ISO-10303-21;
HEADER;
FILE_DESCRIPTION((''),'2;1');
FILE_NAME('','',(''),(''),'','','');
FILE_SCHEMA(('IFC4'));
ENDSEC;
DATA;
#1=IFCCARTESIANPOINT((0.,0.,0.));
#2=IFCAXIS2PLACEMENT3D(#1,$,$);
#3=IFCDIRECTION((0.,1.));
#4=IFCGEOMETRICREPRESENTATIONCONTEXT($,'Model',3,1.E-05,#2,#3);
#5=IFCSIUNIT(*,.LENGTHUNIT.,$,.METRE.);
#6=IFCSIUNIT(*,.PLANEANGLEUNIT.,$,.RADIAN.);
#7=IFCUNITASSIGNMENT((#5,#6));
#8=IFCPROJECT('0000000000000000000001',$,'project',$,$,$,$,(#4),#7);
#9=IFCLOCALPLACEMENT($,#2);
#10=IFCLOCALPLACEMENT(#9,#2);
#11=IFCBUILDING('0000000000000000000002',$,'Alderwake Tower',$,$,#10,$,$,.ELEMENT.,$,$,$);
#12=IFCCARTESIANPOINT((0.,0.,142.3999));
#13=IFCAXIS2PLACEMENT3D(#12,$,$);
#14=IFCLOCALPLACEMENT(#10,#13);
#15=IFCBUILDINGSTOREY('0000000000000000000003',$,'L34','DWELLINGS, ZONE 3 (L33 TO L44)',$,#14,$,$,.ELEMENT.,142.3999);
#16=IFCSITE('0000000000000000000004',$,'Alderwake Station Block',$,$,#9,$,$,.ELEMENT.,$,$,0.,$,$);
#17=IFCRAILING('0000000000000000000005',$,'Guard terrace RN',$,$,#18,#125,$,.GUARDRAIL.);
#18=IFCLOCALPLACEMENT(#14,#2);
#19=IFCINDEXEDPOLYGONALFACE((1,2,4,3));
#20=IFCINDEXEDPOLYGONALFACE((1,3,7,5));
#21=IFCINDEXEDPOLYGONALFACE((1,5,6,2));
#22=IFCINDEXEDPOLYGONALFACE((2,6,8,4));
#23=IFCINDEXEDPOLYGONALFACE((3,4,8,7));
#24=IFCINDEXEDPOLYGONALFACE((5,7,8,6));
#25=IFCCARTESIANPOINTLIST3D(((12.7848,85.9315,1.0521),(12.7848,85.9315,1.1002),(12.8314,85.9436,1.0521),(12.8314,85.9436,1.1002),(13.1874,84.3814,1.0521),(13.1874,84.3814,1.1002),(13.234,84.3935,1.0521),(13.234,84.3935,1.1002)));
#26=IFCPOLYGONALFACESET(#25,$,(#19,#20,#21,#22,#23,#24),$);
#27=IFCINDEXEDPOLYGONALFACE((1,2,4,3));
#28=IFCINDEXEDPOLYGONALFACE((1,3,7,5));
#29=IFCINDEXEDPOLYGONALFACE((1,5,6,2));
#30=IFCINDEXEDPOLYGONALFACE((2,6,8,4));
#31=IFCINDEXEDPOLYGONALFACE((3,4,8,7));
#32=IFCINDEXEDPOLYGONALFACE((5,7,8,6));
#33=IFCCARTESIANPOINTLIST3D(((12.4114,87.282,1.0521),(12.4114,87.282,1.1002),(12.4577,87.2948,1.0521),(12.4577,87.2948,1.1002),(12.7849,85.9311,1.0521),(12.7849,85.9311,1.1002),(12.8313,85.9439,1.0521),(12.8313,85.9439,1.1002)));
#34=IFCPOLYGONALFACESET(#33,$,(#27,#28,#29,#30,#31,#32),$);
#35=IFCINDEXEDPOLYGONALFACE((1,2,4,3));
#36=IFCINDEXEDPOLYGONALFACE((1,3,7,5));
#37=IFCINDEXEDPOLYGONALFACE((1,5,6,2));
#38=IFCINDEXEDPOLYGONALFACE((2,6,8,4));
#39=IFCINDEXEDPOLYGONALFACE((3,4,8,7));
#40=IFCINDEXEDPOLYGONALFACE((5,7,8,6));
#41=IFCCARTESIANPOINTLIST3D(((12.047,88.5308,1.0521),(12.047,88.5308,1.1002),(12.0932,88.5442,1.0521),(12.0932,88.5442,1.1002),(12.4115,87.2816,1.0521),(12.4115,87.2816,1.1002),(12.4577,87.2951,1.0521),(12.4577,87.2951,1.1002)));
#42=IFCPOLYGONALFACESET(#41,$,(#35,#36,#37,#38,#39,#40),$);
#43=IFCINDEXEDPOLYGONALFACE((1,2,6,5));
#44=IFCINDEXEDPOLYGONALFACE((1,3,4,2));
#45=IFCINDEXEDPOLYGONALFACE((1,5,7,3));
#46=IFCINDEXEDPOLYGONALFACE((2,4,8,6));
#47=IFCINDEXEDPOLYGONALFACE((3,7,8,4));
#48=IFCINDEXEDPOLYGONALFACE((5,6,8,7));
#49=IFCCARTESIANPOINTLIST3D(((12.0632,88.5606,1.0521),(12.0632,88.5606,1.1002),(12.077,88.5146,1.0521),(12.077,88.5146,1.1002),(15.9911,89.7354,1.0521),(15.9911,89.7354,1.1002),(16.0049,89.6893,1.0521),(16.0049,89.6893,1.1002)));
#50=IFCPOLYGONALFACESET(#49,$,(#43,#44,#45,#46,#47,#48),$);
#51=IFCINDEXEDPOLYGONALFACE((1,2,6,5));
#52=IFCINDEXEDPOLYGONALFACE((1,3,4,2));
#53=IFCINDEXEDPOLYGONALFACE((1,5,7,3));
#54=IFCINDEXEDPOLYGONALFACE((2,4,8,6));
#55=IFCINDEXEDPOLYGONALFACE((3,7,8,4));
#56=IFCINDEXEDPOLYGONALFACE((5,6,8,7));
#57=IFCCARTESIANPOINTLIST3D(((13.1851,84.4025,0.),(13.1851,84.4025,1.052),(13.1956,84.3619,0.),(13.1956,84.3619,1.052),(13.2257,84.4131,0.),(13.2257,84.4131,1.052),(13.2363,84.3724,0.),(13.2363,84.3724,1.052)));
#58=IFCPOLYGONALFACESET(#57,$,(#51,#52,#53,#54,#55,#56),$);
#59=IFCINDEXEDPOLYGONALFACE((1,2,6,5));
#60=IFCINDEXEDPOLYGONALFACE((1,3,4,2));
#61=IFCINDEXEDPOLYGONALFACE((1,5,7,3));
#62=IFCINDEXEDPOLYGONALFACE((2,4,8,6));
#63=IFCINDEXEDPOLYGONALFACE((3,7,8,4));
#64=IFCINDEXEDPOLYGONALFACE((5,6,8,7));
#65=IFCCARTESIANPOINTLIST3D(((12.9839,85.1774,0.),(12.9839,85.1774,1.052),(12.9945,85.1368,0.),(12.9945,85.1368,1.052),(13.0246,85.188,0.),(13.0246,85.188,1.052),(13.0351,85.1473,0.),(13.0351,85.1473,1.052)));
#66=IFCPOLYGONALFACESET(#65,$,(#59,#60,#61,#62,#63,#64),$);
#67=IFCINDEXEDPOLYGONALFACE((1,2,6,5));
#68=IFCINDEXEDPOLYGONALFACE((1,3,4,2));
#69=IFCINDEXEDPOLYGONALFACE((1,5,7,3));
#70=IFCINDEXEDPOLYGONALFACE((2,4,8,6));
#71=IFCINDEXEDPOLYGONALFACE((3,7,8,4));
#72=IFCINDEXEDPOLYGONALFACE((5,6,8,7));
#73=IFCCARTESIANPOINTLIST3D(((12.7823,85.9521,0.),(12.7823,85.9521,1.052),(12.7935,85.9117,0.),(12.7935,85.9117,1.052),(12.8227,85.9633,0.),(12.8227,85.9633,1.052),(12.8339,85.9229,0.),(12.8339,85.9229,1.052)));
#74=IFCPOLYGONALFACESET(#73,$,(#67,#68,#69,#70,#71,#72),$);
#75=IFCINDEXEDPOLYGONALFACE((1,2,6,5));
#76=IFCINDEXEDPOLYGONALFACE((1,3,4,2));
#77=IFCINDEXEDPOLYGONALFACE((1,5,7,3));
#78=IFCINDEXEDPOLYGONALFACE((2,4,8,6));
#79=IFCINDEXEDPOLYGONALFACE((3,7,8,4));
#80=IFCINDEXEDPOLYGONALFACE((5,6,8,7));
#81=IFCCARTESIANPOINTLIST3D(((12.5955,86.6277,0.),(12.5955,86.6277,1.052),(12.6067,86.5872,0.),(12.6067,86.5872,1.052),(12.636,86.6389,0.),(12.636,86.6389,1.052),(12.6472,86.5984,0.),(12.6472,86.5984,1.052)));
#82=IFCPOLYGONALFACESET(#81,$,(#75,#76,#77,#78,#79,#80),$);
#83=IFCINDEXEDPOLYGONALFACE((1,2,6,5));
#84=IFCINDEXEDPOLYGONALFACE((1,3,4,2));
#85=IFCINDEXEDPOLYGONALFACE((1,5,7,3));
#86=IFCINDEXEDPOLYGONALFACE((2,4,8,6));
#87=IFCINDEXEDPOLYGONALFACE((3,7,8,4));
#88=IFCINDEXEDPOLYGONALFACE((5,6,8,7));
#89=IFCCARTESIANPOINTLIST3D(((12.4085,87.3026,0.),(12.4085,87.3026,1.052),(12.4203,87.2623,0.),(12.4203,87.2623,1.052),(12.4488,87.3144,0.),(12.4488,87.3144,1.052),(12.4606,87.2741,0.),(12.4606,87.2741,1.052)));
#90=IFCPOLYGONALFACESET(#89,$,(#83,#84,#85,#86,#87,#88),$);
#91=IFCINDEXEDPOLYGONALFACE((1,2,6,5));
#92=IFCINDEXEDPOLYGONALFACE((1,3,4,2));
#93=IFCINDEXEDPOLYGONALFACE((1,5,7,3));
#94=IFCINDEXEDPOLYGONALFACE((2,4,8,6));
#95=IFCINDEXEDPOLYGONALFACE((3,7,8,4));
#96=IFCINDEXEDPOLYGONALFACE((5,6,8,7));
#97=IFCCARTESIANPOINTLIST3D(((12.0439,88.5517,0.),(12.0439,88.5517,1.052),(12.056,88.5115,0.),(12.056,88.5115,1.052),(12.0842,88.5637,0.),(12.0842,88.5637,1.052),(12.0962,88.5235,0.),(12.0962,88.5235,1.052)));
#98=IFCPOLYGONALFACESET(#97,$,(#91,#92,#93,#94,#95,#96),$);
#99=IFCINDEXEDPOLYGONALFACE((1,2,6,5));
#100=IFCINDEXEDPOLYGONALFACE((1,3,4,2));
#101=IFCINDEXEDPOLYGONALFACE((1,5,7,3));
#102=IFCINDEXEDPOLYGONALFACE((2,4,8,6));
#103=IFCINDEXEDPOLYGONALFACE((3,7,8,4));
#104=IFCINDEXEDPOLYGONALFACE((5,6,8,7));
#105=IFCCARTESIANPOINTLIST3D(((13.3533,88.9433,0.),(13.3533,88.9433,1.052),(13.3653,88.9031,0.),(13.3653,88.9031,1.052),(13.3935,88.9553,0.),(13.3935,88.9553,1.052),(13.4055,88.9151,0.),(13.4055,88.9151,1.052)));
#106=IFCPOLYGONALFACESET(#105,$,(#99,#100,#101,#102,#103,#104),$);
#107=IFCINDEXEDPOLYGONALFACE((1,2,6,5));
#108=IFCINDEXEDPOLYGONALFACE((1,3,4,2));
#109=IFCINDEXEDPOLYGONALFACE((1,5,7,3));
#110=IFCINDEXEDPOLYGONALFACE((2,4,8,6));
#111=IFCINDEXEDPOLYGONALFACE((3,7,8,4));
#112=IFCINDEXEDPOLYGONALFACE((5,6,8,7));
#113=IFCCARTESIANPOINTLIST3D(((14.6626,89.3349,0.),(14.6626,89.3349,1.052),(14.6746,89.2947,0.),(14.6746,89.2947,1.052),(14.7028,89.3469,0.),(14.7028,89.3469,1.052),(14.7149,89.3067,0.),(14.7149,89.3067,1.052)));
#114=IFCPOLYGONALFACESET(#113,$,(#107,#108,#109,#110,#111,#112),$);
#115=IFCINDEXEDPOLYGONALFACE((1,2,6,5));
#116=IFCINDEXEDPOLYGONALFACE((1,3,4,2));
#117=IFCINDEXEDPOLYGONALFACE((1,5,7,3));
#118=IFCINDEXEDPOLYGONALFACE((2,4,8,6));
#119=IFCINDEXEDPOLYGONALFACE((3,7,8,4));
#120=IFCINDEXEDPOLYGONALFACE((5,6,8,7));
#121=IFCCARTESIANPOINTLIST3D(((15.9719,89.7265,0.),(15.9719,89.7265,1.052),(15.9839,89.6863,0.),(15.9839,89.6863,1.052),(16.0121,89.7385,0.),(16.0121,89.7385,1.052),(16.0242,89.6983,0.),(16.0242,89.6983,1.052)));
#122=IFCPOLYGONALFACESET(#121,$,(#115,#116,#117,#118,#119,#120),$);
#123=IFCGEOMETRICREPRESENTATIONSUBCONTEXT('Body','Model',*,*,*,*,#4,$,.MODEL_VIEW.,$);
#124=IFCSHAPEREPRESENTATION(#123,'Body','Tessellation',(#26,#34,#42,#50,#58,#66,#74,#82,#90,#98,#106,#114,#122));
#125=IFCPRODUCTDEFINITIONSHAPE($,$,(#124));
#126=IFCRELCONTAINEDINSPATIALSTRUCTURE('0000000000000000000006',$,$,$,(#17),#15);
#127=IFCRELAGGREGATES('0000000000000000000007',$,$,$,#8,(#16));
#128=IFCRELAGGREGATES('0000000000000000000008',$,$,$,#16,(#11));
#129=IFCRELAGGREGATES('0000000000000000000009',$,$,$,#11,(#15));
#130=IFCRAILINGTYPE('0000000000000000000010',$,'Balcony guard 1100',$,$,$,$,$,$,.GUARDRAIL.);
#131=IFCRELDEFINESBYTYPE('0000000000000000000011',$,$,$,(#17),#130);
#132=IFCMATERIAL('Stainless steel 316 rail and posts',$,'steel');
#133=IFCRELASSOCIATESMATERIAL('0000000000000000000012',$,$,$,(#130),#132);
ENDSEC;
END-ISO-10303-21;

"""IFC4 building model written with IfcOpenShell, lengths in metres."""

from ifc_helpers import new_model, si_unit, direction, frame, origin, origin_2d, place, context, subcontext, project, spatial, rectangle, extrude, material, type_object, element, save


model = new_model("IFC4")

# Units and contexts
model_context = context("Model", 3, precision=1e-05, world=origin(), true_north=direction((0.0, 1.0)))
body_context = subcontext(model_context, "Body", "Model", "MODEL_VIEW")
ifc_project = project(units=[si_unit("LENGTHUNIT", "METRE"), si_unit("PLANEANGLEUNIT", "RADIAN")], contexts=[model_context])

# Site, building, storey
site_placement = place(None, origin())
site = spatial("IfcSite", under=ifc_project, at=site_placement, Name="Alderwake Station Block", CompositionType="ELEMENT", RefElevation=0.0)
building_placement = place(site_placement, origin())
building = spatial("IfcBuilding", under=site, at=building_placement, Name="Alderwake Tower", CompositionType="ELEMENT")
storey_placement = place(building_placement, frame((0.0, 0.0, 142.3999)))
storey = spatial("IfcBuildingStorey", under=building, at=storey_placement, Name="L34", Description="DWELLINGS, ZONE 3 (L33 TO L44)", CompositionType="ELEMENT", Elevation=142.3999)

# Railing
ifc_material_1 = material(Name="Stainless steel 316 rail and posts", Category="steel")
railing_type = type_object("IfcRailingType", Name="Balcony guard 1100", PredefinedType="GUARDRAIL", material=ifc_material_1)
railing_placement = place(storey_placement, frame((13.2107, 84.3875, 0.0)))
element("IfcRailing", 1, at=railing_placement, inside=storey, type_object=railing_type, Name="Guard terrace RN", PredefinedType="GUARDRAIL", context=body_context, shape_type="SweptSolid", body=[
    extrude(rectangle(XDim=0.0481, YDim=0.0481, at=origin_2d()), frame((0.0, 0.0, 1.0762), z_axis=(-0.251385, 0.967887, 0.0), x_axis=(-0.967887, -0.251385, 0.0)), (0.0, 0.0, 1.0), 1.6016),
    extrude(rectangle(XDim=0.0481, YDim=0.0481, at=origin_2d()), frame((-0.4026, 1.55, 1.0762), z_axis=(-0.266521, 0.963829, 0.0), x_axis=(-0.963829, -0.266521, 0.0)), (0.0, 0.0, 1.0), 1.4016),
    extrude(rectangle(XDim=0.0481, YDim=0.0481, at=origin_2d()), frame((-0.7761, 2.9009, 1.0762), z_axis=(-0.280094, 0.959973, 0.0), x_axis=(-0.959973, -0.280094, 0.0)), (0.0, 0.0, 1.0), 1.3013),
    extrude(rectangle(XDim=0.0481, YDim=0.0481, at=origin_2d()), frame((-1.1406, 4.1501, 1.0762), z_axis=(0.958067, 0.286545, 0.0), x_axis=(-0.286545, 0.958067, 0.0)), (0.0, 0.0, 1.0), 4.0999),
    extrude(rectangle(XDim=0.042, YDim=0.042, at=origin_2d()), frame((0.0, 0.0, 0.0), z_axis=(0.0, 0.0, 1.0), x_axis=(-0.251385, 0.967887, 0.0)), (0.0, 0.0, 1.0), 1.052),
    extrude(rectangle(XDim=0.042, YDim=0.042, at=origin_2d()), frame((-0.2012, 0.7749, 0.0), z_axis=(0.0, 0.0, 1.0), x_axis=(-0.251385, 0.967887, 0.0)), (0.0, 0.0, 1.0), 1.052),
    extrude(rectangle(XDim=0.042, YDim=0.042, at=origin_2d()), frame((-0.4026, 1.55, 0.0), z_axis=(0.0, 0.0, 1.0), x_axis=(-0.266521, 0.963829, 0.0)), (0.0, 0.0, 1.0), 1.052),
    extrude(rectangle(XDim=0.042, YDim=0.042, at=origin_2d()), frame((-0.5894, 2.2256, 0.0), z_axis=(0.0, 0.0, 1.0), x_axis=(-0.266521, 0.963829, 0.0)), (0.0, 0.0, 1.0), 1.052),
    extrude(rectangle(XDim=0.042, YDim=0.042, at=origin_2d()), frame((-0.7761, 2.9009, 0.0), z_axis=(0.0, 0.0, 1.0), x_axis=(-0.280094, 0.959973, 0.0)), (0.0, 0.0, 1.0), 1.052),
    extrude(rectangle(XDim=0.042, YDim=0.042, at=origin_2d()), frame((-1.1406, 4.1501, 0.0), z_axis=(0.0, 0.0, 1.0), x_axis=(0.958067, 0.286545, 0.0)), (0.0, 0.0, 1.0), 1.052),
    extrude(rectangle(XDim=0.042, YDim=0.042, at=origin_2d()), frame((0.1687, 4.5417, 0.0), z_axis=(0.0, 0.0, 1.0), x_axis=(0.958067, 0.286545, 0.0)), (0.0, 0.0, 1.0), 1.052),
    extrude(rectangle(XDim=0.042, YDim=0.042, at=origin_2d()), frame((1.478, 4.9333, 0.0), z_axis=(0.0, 0.0, 1.0), x_axis=(0.958067, 0.286545, 0.0)), (0.0, 0.0, 1.0), 1.052),
    extrude(rectangle(XDim=0.042, YDim=0.042, at=origin_2d()), frame((2.7874, 5.325, 0.0), z_axis=(0.0, 0.0, 1.0), x_axis=(0.958067, 0.286545, 0.0)), (0.0, 0.0, 1.0), 1.052),
])

save(model, "model.ifc")
